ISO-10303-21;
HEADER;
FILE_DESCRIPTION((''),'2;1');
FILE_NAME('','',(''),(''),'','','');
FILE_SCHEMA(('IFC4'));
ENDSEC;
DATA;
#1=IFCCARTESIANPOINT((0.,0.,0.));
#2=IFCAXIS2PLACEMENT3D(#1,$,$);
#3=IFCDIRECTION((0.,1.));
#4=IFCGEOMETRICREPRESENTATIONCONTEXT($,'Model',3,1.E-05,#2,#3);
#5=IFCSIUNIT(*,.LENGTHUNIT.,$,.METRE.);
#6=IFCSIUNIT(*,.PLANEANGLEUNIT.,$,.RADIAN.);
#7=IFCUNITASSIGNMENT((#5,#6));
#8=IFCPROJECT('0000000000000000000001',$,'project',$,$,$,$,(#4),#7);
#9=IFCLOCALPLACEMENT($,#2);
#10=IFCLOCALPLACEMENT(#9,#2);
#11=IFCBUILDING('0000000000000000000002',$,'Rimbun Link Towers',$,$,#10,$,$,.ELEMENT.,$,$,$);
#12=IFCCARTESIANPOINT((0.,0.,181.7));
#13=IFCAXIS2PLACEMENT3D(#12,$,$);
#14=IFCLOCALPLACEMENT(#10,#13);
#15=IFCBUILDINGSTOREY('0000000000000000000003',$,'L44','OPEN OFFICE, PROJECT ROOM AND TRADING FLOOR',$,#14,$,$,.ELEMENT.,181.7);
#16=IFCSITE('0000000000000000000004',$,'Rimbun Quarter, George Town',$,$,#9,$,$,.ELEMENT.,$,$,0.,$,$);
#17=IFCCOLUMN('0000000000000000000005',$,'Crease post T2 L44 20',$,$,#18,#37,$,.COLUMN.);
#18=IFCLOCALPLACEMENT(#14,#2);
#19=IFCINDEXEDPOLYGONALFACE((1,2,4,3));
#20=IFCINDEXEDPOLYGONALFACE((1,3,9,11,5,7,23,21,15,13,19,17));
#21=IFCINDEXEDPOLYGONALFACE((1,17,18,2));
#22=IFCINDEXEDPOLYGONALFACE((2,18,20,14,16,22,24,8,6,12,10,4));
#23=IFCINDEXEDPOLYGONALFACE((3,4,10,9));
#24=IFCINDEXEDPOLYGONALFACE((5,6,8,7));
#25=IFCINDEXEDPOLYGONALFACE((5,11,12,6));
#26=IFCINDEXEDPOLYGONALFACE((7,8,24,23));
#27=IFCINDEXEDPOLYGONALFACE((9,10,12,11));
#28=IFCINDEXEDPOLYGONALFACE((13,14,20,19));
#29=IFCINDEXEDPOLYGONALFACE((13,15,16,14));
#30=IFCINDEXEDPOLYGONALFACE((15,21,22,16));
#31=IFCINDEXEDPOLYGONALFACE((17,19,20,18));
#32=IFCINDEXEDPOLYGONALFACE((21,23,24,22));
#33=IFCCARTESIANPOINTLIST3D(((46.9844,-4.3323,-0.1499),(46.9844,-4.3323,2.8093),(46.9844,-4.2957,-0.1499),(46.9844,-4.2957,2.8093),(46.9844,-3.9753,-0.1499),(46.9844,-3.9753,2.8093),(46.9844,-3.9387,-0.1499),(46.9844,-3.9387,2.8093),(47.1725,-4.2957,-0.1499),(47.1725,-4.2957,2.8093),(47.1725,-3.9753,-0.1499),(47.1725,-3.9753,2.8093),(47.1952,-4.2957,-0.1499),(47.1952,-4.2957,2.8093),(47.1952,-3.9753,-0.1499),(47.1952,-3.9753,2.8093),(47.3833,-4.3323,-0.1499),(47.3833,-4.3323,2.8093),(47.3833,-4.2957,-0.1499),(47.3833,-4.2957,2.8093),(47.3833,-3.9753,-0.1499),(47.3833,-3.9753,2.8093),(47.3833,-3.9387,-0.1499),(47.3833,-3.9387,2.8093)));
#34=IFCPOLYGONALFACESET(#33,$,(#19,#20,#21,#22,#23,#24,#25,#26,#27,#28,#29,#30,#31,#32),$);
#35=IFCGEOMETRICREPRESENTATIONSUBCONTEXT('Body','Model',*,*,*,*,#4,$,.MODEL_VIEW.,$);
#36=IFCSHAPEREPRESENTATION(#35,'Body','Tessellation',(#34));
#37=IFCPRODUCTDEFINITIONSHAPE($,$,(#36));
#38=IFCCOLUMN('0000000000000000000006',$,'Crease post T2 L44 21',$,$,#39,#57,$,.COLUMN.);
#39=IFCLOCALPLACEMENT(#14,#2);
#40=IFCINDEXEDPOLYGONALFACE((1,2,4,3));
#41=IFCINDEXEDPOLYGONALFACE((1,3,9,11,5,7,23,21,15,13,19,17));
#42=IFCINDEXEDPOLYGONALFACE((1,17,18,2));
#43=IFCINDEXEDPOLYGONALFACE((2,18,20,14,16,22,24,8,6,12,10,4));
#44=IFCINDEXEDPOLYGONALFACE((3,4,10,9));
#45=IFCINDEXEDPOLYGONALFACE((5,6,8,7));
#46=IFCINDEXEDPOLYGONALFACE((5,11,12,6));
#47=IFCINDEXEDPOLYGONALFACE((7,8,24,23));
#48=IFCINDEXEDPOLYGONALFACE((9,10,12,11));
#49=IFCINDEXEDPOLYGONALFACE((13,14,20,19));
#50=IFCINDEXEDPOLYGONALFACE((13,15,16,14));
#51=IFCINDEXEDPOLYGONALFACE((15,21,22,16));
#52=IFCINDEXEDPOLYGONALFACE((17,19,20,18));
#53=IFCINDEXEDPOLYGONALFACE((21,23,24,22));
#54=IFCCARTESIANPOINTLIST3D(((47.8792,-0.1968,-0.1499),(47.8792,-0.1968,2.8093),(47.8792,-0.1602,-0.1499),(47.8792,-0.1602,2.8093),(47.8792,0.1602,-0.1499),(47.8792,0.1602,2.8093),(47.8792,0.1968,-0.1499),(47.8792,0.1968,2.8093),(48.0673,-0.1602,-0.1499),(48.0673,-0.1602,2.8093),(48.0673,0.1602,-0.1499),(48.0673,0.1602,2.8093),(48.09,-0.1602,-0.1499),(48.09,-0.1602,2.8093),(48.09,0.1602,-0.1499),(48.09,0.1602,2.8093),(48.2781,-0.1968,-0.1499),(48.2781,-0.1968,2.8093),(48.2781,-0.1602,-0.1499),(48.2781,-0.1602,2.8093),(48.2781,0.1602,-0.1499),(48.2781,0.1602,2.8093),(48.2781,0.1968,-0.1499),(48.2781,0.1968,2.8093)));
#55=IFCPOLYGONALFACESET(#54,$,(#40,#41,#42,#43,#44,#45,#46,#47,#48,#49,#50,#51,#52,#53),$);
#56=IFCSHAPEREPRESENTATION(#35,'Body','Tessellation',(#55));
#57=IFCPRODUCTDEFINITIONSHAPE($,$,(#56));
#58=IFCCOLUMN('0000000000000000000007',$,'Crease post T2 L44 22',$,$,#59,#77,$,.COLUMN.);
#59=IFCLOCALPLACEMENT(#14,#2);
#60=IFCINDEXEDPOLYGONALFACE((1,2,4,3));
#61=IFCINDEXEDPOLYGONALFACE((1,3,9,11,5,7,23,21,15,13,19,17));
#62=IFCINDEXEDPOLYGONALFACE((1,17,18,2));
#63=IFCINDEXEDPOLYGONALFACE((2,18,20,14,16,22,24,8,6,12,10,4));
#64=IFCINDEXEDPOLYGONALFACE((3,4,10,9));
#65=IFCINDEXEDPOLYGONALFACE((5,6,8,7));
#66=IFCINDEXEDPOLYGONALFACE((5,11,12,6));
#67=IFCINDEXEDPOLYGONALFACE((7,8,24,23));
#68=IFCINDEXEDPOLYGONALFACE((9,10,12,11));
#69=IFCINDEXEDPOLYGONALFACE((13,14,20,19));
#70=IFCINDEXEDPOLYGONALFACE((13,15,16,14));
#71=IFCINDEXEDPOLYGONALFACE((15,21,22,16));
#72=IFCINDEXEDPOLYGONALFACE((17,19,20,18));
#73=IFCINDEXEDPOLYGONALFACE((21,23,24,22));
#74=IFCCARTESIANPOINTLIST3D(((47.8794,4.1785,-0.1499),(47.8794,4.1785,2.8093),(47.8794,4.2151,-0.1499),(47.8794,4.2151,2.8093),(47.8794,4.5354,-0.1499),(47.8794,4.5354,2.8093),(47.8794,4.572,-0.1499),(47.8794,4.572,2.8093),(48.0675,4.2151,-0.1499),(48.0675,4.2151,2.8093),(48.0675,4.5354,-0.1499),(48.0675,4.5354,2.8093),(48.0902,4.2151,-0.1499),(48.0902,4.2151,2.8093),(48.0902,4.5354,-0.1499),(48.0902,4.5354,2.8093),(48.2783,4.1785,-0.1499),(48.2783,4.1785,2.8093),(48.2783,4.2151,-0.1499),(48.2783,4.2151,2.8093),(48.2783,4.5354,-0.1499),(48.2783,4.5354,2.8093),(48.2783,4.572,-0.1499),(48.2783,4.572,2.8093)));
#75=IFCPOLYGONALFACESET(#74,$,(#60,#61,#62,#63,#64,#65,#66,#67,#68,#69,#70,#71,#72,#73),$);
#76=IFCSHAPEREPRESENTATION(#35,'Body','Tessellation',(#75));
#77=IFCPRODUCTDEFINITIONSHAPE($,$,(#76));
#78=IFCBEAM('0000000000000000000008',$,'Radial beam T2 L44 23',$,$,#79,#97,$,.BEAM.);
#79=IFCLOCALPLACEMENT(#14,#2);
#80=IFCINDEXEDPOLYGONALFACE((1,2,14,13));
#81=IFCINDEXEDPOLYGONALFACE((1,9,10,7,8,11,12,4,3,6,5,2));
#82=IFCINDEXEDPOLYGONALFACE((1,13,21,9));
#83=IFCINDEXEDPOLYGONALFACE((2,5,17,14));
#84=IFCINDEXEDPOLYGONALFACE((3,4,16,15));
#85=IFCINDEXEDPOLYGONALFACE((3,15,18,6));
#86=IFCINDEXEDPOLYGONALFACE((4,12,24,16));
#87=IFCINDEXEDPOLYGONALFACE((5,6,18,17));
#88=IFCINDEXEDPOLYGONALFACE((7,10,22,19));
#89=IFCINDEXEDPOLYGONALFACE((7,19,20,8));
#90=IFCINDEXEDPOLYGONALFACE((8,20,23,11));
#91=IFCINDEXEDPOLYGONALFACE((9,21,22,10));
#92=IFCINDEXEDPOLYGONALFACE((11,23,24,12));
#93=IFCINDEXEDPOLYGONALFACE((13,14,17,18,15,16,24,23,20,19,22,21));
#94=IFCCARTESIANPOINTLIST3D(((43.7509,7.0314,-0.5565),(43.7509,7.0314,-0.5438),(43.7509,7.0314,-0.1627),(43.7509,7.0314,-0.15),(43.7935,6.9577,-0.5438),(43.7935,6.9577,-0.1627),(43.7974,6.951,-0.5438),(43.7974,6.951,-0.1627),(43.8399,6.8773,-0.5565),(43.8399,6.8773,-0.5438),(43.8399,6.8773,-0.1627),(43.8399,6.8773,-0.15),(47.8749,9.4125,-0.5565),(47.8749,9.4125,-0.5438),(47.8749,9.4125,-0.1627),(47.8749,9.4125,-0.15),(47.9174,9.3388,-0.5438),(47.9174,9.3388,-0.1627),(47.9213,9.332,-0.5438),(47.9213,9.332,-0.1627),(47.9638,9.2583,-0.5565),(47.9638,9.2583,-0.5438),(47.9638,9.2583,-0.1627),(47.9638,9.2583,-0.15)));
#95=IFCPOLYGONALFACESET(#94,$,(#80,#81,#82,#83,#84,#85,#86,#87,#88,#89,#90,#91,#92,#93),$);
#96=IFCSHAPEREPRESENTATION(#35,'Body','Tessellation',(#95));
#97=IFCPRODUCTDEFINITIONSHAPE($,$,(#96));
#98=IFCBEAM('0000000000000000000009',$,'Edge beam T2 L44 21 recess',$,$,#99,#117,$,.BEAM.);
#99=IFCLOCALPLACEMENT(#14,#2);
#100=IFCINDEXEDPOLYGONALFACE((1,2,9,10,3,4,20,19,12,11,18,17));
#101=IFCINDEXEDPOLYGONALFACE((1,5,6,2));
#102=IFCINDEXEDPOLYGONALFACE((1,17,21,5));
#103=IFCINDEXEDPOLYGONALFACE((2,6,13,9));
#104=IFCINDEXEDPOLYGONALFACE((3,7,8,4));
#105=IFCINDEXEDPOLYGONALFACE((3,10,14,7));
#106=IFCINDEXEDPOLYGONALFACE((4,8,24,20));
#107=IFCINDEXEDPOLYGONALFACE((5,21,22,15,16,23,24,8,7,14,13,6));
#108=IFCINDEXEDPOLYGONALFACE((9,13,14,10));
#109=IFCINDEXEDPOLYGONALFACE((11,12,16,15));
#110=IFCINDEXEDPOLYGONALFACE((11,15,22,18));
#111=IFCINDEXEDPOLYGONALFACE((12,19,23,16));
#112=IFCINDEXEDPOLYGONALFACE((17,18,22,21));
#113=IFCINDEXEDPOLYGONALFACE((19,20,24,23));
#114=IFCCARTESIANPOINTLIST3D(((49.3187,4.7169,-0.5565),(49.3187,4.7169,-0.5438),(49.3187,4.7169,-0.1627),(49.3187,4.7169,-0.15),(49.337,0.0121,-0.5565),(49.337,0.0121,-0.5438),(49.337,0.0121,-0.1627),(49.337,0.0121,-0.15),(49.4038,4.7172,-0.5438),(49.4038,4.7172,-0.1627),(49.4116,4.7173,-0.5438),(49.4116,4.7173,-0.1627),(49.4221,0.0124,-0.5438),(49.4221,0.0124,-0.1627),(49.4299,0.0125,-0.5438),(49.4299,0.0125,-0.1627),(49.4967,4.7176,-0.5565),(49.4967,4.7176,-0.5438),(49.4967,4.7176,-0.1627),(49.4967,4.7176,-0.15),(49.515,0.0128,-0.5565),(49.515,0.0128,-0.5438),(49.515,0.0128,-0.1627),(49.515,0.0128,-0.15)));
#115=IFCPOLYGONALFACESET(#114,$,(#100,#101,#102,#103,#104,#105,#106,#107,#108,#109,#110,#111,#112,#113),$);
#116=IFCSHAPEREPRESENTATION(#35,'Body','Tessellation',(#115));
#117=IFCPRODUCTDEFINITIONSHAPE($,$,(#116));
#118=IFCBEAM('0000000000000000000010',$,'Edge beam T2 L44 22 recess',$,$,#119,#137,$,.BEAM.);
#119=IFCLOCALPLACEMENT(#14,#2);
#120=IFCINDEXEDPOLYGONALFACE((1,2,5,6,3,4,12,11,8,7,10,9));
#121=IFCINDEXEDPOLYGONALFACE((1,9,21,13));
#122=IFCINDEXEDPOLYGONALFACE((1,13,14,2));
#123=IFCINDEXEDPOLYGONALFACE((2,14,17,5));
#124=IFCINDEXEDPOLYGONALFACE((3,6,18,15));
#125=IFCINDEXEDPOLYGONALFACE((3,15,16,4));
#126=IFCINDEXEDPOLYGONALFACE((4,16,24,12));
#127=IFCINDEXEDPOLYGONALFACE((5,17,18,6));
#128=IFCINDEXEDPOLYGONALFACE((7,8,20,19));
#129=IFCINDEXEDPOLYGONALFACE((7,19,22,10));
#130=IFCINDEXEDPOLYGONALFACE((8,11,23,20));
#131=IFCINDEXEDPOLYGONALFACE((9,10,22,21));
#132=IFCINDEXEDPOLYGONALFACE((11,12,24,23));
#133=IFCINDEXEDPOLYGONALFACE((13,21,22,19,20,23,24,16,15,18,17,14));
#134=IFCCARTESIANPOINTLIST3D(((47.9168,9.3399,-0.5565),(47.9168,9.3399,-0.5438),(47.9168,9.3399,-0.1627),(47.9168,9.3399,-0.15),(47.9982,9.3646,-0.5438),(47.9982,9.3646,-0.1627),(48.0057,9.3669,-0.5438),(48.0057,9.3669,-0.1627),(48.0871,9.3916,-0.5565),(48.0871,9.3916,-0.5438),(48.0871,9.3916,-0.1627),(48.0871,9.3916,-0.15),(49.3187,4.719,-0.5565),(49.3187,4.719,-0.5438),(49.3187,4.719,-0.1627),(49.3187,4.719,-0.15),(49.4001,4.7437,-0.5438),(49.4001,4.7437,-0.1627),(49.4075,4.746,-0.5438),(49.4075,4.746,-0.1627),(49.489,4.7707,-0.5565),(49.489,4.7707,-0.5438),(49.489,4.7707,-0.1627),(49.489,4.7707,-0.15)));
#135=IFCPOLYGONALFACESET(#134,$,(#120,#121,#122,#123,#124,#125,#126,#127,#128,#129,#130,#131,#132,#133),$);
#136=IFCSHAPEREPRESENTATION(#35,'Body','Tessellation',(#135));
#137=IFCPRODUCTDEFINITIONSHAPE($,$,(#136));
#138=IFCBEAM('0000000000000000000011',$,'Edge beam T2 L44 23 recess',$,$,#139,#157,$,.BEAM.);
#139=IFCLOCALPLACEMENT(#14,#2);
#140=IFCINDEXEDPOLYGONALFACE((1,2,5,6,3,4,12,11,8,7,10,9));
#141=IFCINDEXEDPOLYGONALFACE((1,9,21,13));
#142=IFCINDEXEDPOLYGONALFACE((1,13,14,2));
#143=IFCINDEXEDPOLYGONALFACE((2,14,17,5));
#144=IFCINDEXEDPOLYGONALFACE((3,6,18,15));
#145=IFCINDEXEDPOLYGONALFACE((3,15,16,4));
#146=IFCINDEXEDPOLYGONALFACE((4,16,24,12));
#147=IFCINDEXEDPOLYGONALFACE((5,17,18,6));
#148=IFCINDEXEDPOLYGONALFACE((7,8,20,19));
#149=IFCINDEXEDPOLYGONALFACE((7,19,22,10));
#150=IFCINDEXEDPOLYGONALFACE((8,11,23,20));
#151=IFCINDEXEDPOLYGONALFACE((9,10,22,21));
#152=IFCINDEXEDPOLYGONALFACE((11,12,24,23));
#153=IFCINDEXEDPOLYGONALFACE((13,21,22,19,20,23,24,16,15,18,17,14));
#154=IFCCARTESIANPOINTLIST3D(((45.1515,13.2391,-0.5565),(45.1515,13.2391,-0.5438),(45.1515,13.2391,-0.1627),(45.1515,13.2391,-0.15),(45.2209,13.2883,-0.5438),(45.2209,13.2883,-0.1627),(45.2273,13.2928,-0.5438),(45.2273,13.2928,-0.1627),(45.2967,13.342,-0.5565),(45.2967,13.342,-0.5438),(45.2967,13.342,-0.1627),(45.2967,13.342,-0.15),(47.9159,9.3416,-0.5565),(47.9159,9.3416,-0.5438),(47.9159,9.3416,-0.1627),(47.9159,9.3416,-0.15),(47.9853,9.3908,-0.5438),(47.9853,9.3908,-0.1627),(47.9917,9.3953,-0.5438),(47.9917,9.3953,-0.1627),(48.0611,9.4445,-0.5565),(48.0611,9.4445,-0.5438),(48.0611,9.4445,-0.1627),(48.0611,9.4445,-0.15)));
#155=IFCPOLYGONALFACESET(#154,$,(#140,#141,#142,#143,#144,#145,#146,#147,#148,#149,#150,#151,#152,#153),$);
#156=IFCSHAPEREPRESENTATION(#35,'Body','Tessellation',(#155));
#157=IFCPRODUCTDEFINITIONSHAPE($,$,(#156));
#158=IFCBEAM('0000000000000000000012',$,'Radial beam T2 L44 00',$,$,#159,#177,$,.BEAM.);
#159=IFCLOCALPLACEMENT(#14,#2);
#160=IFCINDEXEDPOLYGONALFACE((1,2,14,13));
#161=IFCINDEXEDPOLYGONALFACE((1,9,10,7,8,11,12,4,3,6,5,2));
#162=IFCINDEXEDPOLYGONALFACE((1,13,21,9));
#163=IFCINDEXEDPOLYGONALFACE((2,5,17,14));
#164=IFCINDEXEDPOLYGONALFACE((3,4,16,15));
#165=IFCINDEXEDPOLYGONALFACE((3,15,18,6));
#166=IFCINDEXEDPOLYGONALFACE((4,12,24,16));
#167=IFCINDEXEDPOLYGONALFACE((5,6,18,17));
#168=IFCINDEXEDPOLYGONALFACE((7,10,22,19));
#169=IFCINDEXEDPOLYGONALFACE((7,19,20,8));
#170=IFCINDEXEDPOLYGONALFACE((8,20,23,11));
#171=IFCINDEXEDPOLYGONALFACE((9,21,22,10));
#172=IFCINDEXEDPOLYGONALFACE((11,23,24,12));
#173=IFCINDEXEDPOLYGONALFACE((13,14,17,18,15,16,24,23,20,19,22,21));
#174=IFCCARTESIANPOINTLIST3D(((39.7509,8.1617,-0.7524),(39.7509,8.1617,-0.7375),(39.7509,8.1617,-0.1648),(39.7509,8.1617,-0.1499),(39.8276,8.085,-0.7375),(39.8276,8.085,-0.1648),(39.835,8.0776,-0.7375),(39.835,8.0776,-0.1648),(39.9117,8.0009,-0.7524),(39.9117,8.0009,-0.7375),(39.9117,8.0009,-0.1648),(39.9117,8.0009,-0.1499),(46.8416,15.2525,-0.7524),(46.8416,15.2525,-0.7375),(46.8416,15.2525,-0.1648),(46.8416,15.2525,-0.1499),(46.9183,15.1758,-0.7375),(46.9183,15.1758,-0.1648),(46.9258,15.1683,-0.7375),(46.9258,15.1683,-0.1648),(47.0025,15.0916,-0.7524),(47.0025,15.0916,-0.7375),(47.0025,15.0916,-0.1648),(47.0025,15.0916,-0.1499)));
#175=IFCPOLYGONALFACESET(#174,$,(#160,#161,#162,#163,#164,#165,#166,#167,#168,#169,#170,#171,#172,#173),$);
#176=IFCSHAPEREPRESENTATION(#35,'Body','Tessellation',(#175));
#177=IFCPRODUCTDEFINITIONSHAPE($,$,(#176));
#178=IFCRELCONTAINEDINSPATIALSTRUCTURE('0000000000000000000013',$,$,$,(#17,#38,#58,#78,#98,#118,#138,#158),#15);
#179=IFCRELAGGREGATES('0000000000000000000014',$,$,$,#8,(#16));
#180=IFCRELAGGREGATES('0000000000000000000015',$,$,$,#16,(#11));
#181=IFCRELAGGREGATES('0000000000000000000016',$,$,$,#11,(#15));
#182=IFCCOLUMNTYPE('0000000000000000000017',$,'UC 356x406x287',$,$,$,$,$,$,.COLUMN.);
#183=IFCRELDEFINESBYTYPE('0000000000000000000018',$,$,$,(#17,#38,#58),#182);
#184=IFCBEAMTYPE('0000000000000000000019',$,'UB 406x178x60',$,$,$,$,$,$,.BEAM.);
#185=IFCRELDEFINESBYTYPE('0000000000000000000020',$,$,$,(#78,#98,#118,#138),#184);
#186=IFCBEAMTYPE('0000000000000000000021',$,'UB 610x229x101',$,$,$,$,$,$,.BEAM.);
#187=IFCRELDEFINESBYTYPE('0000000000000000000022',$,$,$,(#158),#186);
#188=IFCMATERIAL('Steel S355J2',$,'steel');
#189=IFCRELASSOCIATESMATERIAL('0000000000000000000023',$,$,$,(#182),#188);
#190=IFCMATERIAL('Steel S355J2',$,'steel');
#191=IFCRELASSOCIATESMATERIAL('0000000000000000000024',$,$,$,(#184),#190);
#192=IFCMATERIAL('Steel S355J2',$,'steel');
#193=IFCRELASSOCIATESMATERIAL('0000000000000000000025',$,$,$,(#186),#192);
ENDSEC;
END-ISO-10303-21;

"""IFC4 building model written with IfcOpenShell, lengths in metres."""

from ifc_helpers import new_model, si_unit, direction, frame, origin, origin_2d, place, context, subcontext, project, spatial, i_section, extrude, material, material_profile, profile_set, type_object, element, save


model = new_model("IFC4")

# Units and contexts
model_context = context("Model", 3, precision=1e-05, world=origin(), true_north=direction((0.0, 1.0)))
body_context = subcontext(model_context, "Body", "Model", "MODEL_VIEW")
ifc_project = project(units=[si_unit("LENGTHUNIT", "METRE"), si_unit("PLANEANGLEUNIT", "RADIAN")], contexts=[model_context])

# Site, building, storey
site_placement = place(None, origin())
site = spatial("IfcSite", under=ifc_project, at=site_placement, Name="Rimbun Quarter, George Town", CompositionType="ELEMENT", RefElevation=0.0)
building_placement = place(site_placement, origin())
building = spatial("IfcBuilding", under=site, at=building_placement, Name="Rimbun Link Towers", CompositionType="ELEMENT")
storey_placement = place(building_placement, frame((0.0, 0.0, 181.7)))
storey = spatial("IfcBuildingStorey", under=building, at=storey_placement, Name="L44", Description="OPEN OFFICE, PROJECT ROOM AND TRADING FLOOR", CompositionType="ELEMENT", Elevation=181.7)

# Columns
ifc_material_1 = material(Name="Steel S355J2", Category="steel")
ifc_material_profile_1 = material_profile(ifc_material_1, i_section(OverallWidth=0.3989, OverallDepth=0.3936, WebThickness=0.0227, FlangeThickness=0.0366, at=origin_2d()), Name="UC 356x406x287")
ifc_profile_set_1 = profile_set([ifc_material_profile_1], Name="Steel S355J2")
column_type = type_object("IfcColumnType", Name="UC 356x406x287", PredefinedType="COLUMN", material=ifc_profile_set_1)
for number, where, z_axis, x_axis, name in (
    (1, (47.1838, -4.1355, -0.1499), (0.0, 0.0, 1.0), (1.0, 0.0, 0.0), "Crease post T2 L44 20"),
    (2, (48.0786, 0.0, -0.1499), (0.0, 0.0, 1.0), (1.0, 0.0, 0.0), "Crease post T2 L44 21"),
    (3, (48.0789, 4.3752, -0.1499), (0.0, 0.0, 1.0), (1.0, 0.0, 0.0), "Crease post T2 L44 22"),
):
    element("IfcColumn", number, at=place(storey_placement, frame(where, z_axis=z_axis, x_axis=x_axis)), inside=storey, type_object=column_type, Name=name, PredefinedType="COLUMN", context=body_context, shape_type="SweptSolid", body=[
        extrude(i_section(OverallWidth=0.3989, OverallDepth=0.3936, WebThickness=0.0227, FlangeThickness=0.0366, at=origin_2d()), origin(), (0.0, 0.0, 1.0), 2.9592),
    ])

# Beams
ifc_material_2 = material(Name="Steel S355J2", Category="steel")
ifc_material_profile_2 = material_profile(ifc_material_2, i_section(OverallWidth=0.178, OverallDepth=0.4065, WebThickness=0.0078, FlangeThickness=0.0127, at=origin_2d()), Name="UB 406x178x60")
ifc_profile_set_2 = profile_set([ifc_material_profile_2], Name="Steel S355J2")
beam_type_1 = type_object("IfcBeamType", Name="UB 406x178x60", PredefinedType="BEAM", material=ifc_profile_set_2)
beam_1_placement = place(storey_placement, frame((43.7954, 6.9543, -0.3533), z_axis=(0.866017, 0.500015, 0.0), x_axis=(-0.500015, 0.866017, 0.0)))
element("IfcBeam", 4, at=beam_1_placement, inside=storey, type_object=beam_type_1, Name="Radial beam T2 L44 23", PredefinedType="BEAM", context=body_context, shape_type="SweptSolid", body=[
    extrude(i_section(OverallWidth=0.178, OverallDepth=0.4065, WebThickness=0.0078, FlangeThickness=0.0127, at=origin_2d()), origin(), (0.0, 0.0, 1.0), 4.762),
])
beam_2_placement = place(storey_placement, frame((49.426, 0.0125, -0.3533), z_axis=(-0.003892, 0.999992, 0.0), x_axis=(-0.999992, -0.003892, 0.0)))
element("IfcBeam", 5, at=beam_2_placement, inside=storey, type_object=beam_type_1, Name="Edge beam T2 L44 21 recess", PredefinedType="BEAM", context=body_context, shape_type="SweptSolid", body=[
    extrude(i_section(OverallWidth=0.178, OverallDepth=0.4065, WebThickness=0.0078, FlangeThickness=0.0127, at=origin_2d()), origin(), (0.0, 0.0, 1.0), 4.7048),
])
beam_3_placement = place(storey_placement, frame((49.4038, 4.7449, -0.3533), z_axis=(-0.29031, 0.956933, 0.0), x_axis=(-0.956933, -0.29031, 0.0)))
element("IfcBeam", 6, at=beam_3_placement, inside=storey, type_object=beam_type_1, Name="Edge beam T2 L44 22 recess", PredefinedType="BEAM", context=body_context, shape_type="SweptSolid", body=[
    extrude(i_section(OverallWidth=0.178, OverallDepth=0.4065, WebThickness=0.0078, FlangeThickness=0.0127, at=origin_2d()), origin(), (0.0, 0.0, 1.0), 4.8289),
])
beam_4_placement = place(storey_placement, frame((47.9885, 9.3931, -0.3533), z_axis=(-0.578533, 0.815659, 0.0), x_axis=(-0.815659, -0.578533, 0.0)))
element("IfcBeam", 7, at=beam_4_placement, inside=storey, type_object=beam_type_1, Name="Edge beam T2 L44 23 recess", PredefinedType="BEAM", context=body_context, shape_type="SweptSolid", body=[
    extrude(i_section(OverallWidth=0.178, OverallDepth=0.4065, WebThickness=0.0078, FlangeThickness=0.0127, at=origin_2d()), origin(), (0.0, 0.0, 1.0), 4.7783),
])
ifc_material_3 = material(Name="Steel S355J2", Category="steel")
ifc_material_profile_3 = material_profile(ifc_material_3, i_section(OverallWidth=0.2275, OverallDepth=0.6025, WebThickness=0.0105, FlangeThickness=0.0149, at=origin_2d()), Name="UB 610x229x101")
ifc_profile_set_3 = profile_set([ifc_material_profile_3], Name="Steel S355J2")
beam_type_2 = type_object("IfcBeamType", Name="UB 610x229x101", PredefinedType="BEAM", material=ifc_profile_set_3)
beam_5_placement = place(storey_placement, frame((39.8313, 8.0813, -0.4512), z_axis=(0.707107, 0.707107, 0.0), x_axis=(-0.707107, 0.707107, 0.0)))
element("IfcBeam", 8, at=beam_5_placement, inside=storey, type_object=beam_type_2, Name="Radial beam T2 L44 00", PredefinedType="BEAM", context=body_context, shape_type="SweptSolid", body=[
    extrude(i_section(OverallWidth=0.2275, OverallDepth=0.6025, WebThickness=0.0105, FlangeThickness=0.0149, at=origin_2d()), origin(), (0.0, 0.0, 1.0), 10.0278),
])

save(model, "model.ifc")
